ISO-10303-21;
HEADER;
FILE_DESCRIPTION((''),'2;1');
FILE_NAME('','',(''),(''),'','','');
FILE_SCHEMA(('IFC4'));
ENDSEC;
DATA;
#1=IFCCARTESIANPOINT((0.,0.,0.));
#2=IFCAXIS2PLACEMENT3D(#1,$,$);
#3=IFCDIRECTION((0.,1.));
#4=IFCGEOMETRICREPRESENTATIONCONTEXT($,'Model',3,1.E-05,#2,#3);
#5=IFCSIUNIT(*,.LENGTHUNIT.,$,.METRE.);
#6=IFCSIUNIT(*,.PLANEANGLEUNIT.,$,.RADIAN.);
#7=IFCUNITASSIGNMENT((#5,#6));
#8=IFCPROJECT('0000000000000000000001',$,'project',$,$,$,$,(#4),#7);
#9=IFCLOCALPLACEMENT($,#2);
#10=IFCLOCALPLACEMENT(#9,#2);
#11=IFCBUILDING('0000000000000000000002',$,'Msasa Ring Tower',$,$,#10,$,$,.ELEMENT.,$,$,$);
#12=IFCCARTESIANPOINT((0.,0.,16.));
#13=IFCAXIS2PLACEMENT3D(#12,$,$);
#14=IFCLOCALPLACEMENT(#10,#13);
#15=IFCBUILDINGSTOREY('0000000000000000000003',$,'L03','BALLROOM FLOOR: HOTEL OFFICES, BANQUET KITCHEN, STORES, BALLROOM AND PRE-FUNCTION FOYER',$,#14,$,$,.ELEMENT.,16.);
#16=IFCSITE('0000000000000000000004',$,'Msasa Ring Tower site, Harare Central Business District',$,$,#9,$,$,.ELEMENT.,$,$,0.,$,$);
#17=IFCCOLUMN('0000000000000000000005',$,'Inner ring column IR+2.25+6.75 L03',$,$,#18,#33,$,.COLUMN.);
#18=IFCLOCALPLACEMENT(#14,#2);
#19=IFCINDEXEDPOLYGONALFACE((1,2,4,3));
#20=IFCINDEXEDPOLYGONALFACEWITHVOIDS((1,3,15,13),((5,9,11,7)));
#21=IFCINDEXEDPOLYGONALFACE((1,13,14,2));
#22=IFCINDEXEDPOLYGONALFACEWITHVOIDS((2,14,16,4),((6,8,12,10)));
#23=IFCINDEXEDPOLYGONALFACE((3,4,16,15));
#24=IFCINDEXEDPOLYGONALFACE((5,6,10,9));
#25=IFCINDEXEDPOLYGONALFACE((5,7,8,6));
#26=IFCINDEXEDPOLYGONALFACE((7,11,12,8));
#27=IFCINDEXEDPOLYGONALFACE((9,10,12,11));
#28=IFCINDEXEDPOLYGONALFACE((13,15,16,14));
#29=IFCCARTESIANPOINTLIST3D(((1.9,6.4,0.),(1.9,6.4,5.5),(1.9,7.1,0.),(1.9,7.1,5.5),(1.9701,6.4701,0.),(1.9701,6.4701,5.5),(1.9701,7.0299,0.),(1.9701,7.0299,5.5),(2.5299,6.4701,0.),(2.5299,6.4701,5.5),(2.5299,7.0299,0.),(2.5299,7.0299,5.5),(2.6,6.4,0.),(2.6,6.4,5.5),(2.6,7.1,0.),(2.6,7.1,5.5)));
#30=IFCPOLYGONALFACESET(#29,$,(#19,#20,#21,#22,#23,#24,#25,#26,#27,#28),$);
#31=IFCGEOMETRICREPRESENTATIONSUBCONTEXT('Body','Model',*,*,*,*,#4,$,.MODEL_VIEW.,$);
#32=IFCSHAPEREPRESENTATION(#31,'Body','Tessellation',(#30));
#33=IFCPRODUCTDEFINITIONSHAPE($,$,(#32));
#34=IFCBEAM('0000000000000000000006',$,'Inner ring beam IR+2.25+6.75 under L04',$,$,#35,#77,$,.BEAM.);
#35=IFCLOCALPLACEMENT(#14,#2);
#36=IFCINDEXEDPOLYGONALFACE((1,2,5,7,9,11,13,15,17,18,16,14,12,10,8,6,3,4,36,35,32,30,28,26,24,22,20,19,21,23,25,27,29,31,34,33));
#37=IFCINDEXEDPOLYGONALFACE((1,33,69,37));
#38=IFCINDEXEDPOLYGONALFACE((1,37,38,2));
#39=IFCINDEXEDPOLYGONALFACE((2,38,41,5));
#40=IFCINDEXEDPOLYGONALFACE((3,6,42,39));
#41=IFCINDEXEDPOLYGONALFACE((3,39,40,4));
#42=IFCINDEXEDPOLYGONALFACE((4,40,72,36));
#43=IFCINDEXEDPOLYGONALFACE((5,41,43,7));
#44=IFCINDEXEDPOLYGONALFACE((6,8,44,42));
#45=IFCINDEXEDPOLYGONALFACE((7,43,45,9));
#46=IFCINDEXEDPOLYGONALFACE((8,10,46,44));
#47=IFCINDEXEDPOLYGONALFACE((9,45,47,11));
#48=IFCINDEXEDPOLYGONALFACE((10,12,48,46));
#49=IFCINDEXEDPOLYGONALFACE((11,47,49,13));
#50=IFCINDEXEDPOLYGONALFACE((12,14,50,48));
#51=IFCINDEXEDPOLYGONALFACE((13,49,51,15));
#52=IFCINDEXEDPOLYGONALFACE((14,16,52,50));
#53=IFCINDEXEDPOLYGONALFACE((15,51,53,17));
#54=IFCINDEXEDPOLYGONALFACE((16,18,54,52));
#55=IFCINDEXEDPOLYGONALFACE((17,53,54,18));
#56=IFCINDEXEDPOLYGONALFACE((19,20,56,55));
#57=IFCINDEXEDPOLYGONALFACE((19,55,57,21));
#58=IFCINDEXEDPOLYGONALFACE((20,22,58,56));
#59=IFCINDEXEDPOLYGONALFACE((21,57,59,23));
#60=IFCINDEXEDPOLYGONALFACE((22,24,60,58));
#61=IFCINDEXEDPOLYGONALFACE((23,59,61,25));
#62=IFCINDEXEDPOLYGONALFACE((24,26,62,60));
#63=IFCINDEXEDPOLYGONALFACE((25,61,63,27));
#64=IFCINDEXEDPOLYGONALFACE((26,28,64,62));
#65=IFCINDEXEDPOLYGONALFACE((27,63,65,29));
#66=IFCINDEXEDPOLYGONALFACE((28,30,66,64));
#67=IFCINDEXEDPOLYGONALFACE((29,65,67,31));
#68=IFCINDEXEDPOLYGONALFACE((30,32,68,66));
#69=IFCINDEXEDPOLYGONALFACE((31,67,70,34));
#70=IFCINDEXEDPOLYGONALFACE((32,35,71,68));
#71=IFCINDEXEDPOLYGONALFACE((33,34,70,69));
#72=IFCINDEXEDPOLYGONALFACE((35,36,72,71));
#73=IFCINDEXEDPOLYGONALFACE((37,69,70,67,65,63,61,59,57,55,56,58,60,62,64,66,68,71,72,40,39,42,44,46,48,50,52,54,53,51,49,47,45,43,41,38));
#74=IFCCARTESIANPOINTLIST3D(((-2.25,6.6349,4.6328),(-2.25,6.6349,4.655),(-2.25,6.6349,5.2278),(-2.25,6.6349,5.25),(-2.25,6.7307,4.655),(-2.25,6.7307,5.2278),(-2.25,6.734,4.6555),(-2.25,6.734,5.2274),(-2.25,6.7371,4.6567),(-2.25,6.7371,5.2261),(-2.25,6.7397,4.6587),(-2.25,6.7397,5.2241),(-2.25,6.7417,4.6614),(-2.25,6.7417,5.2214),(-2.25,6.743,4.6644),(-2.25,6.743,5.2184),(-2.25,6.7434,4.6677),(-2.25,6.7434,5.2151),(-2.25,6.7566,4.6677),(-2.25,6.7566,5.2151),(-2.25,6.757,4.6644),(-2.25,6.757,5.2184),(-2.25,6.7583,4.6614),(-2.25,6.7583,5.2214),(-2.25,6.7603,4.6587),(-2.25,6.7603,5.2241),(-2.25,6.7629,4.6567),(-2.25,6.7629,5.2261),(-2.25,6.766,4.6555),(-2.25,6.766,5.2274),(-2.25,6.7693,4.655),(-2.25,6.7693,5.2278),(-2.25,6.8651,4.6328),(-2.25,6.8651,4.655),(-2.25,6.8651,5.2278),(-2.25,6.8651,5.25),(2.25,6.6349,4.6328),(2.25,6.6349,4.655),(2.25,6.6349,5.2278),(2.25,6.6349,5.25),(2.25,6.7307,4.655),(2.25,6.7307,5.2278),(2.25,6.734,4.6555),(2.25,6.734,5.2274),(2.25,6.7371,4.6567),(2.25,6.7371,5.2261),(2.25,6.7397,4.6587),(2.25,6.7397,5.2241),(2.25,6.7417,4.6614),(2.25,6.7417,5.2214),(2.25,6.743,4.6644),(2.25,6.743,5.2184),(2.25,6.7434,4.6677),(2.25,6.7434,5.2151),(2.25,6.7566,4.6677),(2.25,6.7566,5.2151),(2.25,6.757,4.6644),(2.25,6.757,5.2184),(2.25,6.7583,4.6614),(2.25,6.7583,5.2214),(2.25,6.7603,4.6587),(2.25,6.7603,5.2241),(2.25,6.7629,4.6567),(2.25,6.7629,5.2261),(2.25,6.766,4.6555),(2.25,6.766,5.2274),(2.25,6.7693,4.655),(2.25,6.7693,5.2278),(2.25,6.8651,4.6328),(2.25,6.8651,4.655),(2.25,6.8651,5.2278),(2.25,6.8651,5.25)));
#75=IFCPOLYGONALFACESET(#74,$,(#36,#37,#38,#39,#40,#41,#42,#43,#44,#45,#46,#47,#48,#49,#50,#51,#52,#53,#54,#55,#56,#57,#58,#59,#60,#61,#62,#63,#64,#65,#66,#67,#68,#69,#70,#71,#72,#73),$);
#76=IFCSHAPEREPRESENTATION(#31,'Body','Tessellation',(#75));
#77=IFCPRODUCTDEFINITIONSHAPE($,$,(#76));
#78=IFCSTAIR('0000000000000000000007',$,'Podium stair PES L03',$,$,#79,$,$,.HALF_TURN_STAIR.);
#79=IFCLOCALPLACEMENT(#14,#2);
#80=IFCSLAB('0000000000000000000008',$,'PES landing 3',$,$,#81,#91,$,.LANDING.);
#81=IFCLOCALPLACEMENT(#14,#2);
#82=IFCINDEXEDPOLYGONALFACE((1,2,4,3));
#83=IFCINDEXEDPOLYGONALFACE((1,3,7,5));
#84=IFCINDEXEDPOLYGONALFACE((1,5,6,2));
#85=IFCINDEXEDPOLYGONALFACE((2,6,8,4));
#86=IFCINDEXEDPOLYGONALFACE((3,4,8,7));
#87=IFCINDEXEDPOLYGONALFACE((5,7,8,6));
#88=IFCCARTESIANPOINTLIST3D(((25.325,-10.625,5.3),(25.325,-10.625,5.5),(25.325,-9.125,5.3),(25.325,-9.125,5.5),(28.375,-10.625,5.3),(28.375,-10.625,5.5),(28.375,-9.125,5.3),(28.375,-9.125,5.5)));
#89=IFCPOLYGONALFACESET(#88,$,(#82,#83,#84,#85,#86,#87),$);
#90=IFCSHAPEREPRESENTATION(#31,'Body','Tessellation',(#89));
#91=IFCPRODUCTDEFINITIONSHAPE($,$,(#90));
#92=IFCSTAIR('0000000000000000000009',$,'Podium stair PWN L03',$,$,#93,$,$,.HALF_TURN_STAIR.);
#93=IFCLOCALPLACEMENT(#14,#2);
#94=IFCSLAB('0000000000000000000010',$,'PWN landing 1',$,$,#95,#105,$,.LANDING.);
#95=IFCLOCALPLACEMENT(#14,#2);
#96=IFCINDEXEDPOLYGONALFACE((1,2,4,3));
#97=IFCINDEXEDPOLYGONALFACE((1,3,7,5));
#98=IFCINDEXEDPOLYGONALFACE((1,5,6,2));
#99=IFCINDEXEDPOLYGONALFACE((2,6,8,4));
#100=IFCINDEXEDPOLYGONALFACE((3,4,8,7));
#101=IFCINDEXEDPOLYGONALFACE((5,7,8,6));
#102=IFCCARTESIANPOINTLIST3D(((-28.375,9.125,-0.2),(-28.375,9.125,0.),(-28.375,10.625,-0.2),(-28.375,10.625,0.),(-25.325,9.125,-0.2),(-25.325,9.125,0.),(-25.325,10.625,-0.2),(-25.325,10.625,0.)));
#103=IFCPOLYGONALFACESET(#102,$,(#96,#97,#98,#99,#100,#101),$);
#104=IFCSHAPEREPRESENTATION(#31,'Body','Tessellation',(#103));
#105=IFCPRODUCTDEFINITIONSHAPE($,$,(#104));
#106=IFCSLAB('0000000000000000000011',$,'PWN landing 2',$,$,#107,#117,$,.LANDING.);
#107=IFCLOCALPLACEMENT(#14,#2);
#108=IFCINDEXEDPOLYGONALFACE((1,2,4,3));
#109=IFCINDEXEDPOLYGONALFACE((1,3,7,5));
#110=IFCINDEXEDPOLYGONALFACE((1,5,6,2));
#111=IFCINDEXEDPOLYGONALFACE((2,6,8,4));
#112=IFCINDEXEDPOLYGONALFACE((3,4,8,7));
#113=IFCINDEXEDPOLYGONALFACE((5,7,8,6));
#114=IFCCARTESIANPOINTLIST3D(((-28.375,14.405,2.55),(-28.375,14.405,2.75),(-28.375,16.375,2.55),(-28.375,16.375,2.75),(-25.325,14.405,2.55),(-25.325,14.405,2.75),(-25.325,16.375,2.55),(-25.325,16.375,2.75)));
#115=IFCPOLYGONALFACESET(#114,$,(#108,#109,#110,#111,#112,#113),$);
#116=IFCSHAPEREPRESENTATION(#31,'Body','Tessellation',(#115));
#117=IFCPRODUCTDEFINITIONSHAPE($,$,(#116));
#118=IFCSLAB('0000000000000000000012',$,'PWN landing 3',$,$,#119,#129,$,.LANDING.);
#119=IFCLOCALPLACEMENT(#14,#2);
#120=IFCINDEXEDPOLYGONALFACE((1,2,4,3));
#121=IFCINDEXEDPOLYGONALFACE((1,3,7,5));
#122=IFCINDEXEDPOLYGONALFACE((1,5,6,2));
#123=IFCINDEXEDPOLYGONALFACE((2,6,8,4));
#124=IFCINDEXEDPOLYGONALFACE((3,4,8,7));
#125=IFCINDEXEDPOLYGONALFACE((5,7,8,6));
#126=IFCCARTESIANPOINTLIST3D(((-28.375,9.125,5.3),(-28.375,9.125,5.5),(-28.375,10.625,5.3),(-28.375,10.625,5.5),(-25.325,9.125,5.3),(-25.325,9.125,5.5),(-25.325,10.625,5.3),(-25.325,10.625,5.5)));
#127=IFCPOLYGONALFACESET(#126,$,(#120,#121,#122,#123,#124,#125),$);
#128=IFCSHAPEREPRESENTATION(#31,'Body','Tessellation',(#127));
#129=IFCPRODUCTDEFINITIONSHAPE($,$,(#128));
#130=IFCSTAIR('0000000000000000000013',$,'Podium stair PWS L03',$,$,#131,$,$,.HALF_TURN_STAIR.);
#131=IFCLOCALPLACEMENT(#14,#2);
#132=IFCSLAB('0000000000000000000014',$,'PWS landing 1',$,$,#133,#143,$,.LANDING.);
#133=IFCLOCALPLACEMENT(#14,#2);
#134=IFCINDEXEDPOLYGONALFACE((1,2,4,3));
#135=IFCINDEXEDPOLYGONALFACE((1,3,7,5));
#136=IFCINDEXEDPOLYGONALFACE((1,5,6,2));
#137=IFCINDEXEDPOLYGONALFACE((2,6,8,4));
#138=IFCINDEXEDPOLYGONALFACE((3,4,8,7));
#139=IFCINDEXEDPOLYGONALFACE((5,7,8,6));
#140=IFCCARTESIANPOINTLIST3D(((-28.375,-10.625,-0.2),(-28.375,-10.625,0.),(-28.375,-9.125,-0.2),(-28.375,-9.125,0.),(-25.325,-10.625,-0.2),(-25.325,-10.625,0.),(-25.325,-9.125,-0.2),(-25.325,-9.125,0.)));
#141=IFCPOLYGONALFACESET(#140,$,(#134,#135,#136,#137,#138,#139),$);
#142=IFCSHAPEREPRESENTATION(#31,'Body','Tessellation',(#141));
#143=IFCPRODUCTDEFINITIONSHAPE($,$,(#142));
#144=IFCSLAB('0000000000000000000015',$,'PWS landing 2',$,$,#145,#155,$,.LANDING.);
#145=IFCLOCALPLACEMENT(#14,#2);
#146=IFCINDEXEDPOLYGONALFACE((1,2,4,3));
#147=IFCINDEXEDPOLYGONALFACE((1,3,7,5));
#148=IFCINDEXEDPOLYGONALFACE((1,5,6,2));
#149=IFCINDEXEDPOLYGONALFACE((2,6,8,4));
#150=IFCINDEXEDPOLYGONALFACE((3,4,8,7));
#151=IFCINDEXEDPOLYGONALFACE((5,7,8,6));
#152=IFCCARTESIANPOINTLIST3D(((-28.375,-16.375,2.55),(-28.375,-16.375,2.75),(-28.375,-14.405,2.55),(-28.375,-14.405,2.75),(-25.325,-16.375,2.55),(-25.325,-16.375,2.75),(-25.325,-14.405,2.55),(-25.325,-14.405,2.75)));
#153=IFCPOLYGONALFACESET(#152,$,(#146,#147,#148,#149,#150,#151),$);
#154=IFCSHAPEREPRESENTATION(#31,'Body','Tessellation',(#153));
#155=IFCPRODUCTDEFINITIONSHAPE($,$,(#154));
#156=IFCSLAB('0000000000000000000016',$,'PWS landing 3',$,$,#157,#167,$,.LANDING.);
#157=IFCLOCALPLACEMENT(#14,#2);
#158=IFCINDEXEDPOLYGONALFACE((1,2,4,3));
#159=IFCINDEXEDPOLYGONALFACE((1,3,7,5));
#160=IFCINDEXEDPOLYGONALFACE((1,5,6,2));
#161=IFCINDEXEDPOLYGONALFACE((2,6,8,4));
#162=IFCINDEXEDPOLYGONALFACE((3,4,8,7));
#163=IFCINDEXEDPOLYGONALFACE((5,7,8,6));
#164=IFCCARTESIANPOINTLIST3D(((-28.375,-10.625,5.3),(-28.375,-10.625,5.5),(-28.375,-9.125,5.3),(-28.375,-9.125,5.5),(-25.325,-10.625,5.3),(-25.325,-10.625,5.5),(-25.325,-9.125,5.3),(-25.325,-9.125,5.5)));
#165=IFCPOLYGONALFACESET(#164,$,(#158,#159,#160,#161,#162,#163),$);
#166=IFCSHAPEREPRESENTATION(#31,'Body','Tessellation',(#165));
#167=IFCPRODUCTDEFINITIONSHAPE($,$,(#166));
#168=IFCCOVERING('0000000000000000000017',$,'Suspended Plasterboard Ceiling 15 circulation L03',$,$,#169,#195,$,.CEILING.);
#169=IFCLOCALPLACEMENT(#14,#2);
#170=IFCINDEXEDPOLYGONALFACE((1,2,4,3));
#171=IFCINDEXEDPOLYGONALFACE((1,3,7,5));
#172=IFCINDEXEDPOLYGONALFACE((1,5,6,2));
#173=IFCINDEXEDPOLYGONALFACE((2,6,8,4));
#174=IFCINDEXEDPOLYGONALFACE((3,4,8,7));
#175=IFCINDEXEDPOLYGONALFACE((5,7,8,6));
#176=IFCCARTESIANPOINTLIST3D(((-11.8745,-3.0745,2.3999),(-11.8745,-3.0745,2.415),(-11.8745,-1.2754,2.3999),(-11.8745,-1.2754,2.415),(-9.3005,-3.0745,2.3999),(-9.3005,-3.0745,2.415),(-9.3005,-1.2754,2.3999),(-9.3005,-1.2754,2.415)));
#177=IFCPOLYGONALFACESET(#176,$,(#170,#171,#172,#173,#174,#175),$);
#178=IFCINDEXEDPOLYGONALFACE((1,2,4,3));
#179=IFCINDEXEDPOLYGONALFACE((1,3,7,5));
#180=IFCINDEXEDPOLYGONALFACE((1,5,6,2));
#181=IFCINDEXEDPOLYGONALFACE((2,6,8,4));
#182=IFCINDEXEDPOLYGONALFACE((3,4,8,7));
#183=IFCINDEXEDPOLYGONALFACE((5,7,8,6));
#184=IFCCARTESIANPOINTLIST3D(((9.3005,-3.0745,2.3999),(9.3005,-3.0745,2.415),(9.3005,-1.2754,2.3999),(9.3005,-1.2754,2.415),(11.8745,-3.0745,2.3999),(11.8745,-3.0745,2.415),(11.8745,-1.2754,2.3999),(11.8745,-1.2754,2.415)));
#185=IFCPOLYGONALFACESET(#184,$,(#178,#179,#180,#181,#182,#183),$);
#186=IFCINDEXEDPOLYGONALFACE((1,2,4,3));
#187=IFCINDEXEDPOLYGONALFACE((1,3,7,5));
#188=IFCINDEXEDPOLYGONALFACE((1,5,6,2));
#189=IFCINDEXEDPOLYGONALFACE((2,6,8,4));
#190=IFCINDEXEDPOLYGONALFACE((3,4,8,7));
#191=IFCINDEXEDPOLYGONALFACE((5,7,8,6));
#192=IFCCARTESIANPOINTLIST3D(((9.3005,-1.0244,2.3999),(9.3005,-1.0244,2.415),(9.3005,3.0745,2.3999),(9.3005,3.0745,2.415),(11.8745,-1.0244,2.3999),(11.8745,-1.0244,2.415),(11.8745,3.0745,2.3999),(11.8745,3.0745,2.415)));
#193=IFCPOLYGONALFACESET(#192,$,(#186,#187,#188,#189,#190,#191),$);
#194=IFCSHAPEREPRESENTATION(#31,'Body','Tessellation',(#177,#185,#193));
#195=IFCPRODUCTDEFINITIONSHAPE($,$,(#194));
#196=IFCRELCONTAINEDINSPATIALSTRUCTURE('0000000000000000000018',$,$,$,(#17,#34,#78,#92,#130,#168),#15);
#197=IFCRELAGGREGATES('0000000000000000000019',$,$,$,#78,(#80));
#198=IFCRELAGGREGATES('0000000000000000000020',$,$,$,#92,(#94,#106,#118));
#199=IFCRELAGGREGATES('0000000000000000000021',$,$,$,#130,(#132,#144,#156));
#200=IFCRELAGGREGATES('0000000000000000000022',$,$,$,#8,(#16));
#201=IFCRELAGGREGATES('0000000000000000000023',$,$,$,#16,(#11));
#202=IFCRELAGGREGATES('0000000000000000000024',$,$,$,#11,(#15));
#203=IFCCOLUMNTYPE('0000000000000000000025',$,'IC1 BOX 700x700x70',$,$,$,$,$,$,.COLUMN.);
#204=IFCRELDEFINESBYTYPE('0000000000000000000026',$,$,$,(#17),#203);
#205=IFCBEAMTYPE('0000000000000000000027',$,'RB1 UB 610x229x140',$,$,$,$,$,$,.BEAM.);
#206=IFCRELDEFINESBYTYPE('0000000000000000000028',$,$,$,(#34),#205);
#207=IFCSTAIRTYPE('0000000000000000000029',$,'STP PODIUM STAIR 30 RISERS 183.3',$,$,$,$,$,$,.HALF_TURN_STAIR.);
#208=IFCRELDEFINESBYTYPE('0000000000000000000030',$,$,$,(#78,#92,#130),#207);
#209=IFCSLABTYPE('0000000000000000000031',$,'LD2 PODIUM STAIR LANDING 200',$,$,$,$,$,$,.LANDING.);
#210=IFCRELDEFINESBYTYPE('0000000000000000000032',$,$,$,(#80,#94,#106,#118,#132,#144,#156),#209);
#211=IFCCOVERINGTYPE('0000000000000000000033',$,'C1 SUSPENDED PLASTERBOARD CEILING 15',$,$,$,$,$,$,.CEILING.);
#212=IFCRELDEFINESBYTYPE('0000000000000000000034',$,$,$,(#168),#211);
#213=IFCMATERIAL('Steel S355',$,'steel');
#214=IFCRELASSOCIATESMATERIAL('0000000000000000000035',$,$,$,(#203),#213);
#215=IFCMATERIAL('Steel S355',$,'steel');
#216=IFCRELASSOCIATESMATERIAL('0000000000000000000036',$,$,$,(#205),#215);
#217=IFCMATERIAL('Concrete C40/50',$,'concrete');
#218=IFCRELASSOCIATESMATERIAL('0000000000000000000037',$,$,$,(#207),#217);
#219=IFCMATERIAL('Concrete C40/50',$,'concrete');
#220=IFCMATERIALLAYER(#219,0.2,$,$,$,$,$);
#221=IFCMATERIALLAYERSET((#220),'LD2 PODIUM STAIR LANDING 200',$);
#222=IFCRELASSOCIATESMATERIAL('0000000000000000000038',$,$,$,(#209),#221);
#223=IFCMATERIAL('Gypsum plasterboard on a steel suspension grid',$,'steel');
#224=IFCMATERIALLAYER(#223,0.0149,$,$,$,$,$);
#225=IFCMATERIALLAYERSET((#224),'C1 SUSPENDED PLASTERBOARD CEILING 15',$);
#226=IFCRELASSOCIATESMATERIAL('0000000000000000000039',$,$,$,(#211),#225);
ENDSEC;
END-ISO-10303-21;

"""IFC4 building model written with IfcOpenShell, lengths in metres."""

from ifc_helpers import new_model, si_unit, direction, frame, origin, origin_2d, place, context, subcontext, project, spatial, polyline, line, indexed_curve, hollow_rectangle, i_section, outline, extrude, material, layer, layer_set, material_profile, profile_set, type_object, element, aggregate, save


model = new_model("IFC4")

# Units and contexts
model_context = context("Model", 3, precision=1e-05, world=origin(), true_north=direction((0.0, 1.0)))
body_context = subcontext(model_context, "Body", "Model", "MODEL_VIEW")
ifc_project = project(units=[si_unit("LENGTHUNIT", "METRE"), si_unit("PLANEANGLEUNIT", "RADIAN")], contexts=[model_context])

# Site, building, storey
site_placement = place(None, origin())
site = spatial("IfcSite", under=ifc_project, at=site_placement, Name="Msasa Ring Tower site, Harare Central Business District", CompositionType="ELEMENT", RefElevation=0.0)
building_placement = place(site_placement, origin())
building = spatial("IfcBuilding", under=site, at=building_placement, Name="Msasa Ring Tower", CompositionType="ELEMENT")
storey_placement = place(building_placement, frame((0.0, 0.0, 16.0)))
storey = spatial("IfcBuildingStorey", under=building, at=storey_placement, Name="L03", Description="BALLROOM FLOOR: HOTEL OFFICES, BANQUET KITCHEN, STORES, BALLROOM AND PRE-FUNCTION FOYER", CompositionType="ELEMENT", Elevation=16.0)

# Column
ifc_material_1 = material(Name="Steel S355", Category="steel")
ifc_material_profile_1 = material_profile(ifc_material_1, hollow_rectangle(XDim=0.7, YDim=0.7, WallThickness=0.0701, at=origin_2d()), Name="BOX 700x700x70")
ifc_profile_set_1 = profile_set([ifc_material_profile_1], Name="Steel S355")
column_type = type_object("IfcColumnType", Name="IC1 BOX 700x700x70", PredefinedType="COLUMN", material=ifc_profile_set_1)
column_placement = place(storey_placement, frame((2.25, 6.75, 0.0), z_axis=(0.0, 0.0, 1.0), x_axis=(1.0, 0.0, 0.0)))
element("IfcColumn", 1, at=column_placement, inside=storey, type_object=column_type, Name="Inner ring column IR+2.25+6.75 L03", PredefinedType="COLUMN", context=body_context, shape_type="SweptSolid", body=[
    extrude(hollow_rectangle(XDim=0.7, YDim=0.7, WallThickness=0.0701, at=origin_2d()), origin(), (0.0, 0.0, 1.0), 5.5),
])

# Beam
ifc_material_2 = material(Name="Steel S355", Category="steel")
ifc_material_profile_2 = material_profile(ifc_material_2, i_section(OverallWidth=0.2302, OverallDepth=0.6172, WebThickness=0.0132, FlangeThickness=0.0222, FilletRadius=0.0127, at=origin_2d()), Name="UB 610x229x140")
ifc_profile_set_2 = profile_set([ifc_material_profile_2], Name="Steel S355")
beam_type = type_object("IfcBeamType", Name="RB1 UB 610x229x140", PredefinedType="BEAM", material=ifc_profile_set_2)
beam_placement = place(storey_placement, frame((2.25, 6.75, 4.9414), z_axis=(-1.0, 0.0, 0.0), x_axis=(0.0, -1.0, 0.0)))
element("IfcBeam", 2, at=beam_placement, inside=storey, type_object=beam_type, Name="Inner ring beam IR+2.25+6.75 under L04", PredefinedType="BEAM", context=body_context, shape_type="SweptSolid", body=[
    extrude(i_section(OverallWidth=0.2302, OverallDepth=0.6172, WebThickness=0.0132, FlangeThickness=0.0222, FilletRadius=0.0127, at=origin_2d()), origin(), (0.0, 0.0, 1.0), 4.5),
])

# Stair, slab
ifc_material_3 = material(Name="Concrete C40/50", Category="concrete")
stair_type = type_object("IfcStairType", Name="STP PODIUM STAIR 30 RISERS 183.3", PredefinedType="HALF_TURN_STAIR", material=ifc_material_3)
stair_1_placement = place(storey_placement, origin())
stair_1 = element("IfcStair", 3, at=stair_1_placement, inside=storey, type_object=stair_type, Name="Podium stair PES L03", PredefinedType="HALF_TURN_STAIR")
ifc_material_4 = material(Name="Concrete C40/50", Category="concrete")
ifc_layer_1 = layer(ifc_material_4, 0.2)
ifc_layer_set_1 = layer_set([ifc_layer_1], Name="LD2 PODIUM STAIR LANDING 200")
slab_type = type_object("IfcSlabType", Name="LD2 PODIUM STAIR LANDING 200", PredefinedType="LANDING", material=ifc_layer_set_1)
slab_1_placement = place(storey_placement, frame((0.0, 0.0, 5.3)))
slab_1 = element("IfcSlab", 4, at=slab_1_placement, type_object=slab_type, Name="PES landing 3", PredefinedType="LANDING", context=body_context, shape_type="SweptSolid", body=[
    extrude(outline(polyline([(25.325, -10.625), (28.375, -10.625), (28.375, -9.125), (25.325, -9.125), (25.325, -10.625)])), origin(), (0.0, 0.0, 1.0), 0.2),
])
aggregate(stair_1, [slab_1])

# Stairs, slabs
stair_2_placement = place(storey_placement, origin())
stair_2 = element("IfcStair", 5, at=stair_2_placement, inside=storey, type_object=stair_type, Name="Podium stair PWN L03", PredefinedType="HALF_TURN_STAIR")
slab_2_placement = place(storey_placement, frame((0.0, 0.0, -0.2)))
slab_2 = element("IfcSlab", 6, at=slab_2_placement, type_object=slab_type, Name="PWN landing 1", PredefinedType="LANDING", context=body_context, shape_type="SweptSolid", body=[
    extrude(outline(polyline([(-28.375, 9.125), (-25.325, 9.125), (-25.325, 10.625), (-28.375, 10.625), (-28.375, 9.125)])), origin(), (0.0, 0.0, 1.0), 0.2),
])
slab_3_placement = place(storey_placement, frame((0.0, 0.0, 2.55)))
slab_3 = element("IfcSlab", 7, at=slab_3_placement, type_object=slab_type, Name="PWN landing 2", PredefinedType="LANDING", context=body_context, shape_type="SweptSolid", body=[
    extrude(outline(polyline([(-28.375, 14.405), (-25.325, 14.405), (-25.325, 16.375), (-28.375, 16.375), (-28.375, 14.405)])), origin(), (0.0, 0.0, 1.0), 0.2),
])
slab_4_placement = place(storey_placement, frame((0.0, 0.0, 5.3)))
slab_4 = element("IfcSlab", 8, at=slab_4_placement, type_object=slab_type, Name="PWN landing 3", PredefinedType="LANDING", context=body_context, shape_type="SweptSolid", body=[
    extrude(outline(polyline([(-28.375, 9.125), (-25.325, 9.125), (-25.325, 10.625), (-28.375, 10.625), (-28.375, 9.125)])), origin(), (0.0, 0.0, 1.0), 0.2),
])
aggregate(stair_2, [slab_2, slab_3, slab_4])
stair_3_placement = place(storey_placement, origin())
stair_3 = element("IfcStair", 9, at=stair_3_placement, inside=storey, type_object=stair_type, Name="Podium stair PWS L03", PredefinedType="HALF_TURN_STAIR")
slab_5_placement = place(storey_placement, frame((0.0, 0.0, -0.2)))
slab_5 = element("IfcSlab", 10, at=slab_5_placement, type_object=slab_type, Name="PWS landing 1", PredefinedType="LANDING", context=body_context, shape_type="SweptSolid", body=[
    extrude(outline(polyline([(-28.375, -10.625), (-25.325, -10.625), (-25.325, -9.125), (-28.375, -9.125), (-28.375, -10.625)])), origin(), (0.0, 0.0, 1.0), 0.2),
])
slab_6_placement = place(storey_placement, frame((0.0, 0.0, 2.55)))
slab_6 = element("IfcSlab", 11, at=slab_6_placement, type_object=slab_type, Name="PWS landing 2", PredefinedType="LANDING", context=body_context, shape_type="SweptSolid", body=[
    extrude(outline(polyline([(-28.375, -16.375), (-25.325, -16.375), (-25.325, -14.405), (-28.375, -14.405), (-28.375, -16.375)])), origin(), (0.0, 0.0, 1.0), 0.2),
])
slab_7_placement = place(storey_placement, frame((0.0, 0.0, 5.3)))
slab_7 = element("IfcSlab", 12, at=slab_7_placement, type_object=slab_type, Name="PWS landing 3", PredefinedType="LANDING", context=body_context, shape_type="SweptSolid", body=[
    extrude(outline(polyline([(-28.375, -10.625), (-25.325, -10.625), (-25.325, -9.125), (-28.375, -9.125), (-28.375, -10.625)])), origin(), (0.0, 0.0, 1.0), 0.2),
])
aggregate(stair_3, [slab_5, slab_6, slab_7])

# Covering
ifc_material_5 = material(Name="Gypsum plasterboard on a steel suspension grid", Category="steel")
ifc_layer_2 = layer(ifc_material_5, 0.0149)
ifc_layer_set_2 = layer_set([ifc_layer_2], Name="C1 SUSPENDED PLASTERBOARD CEILING 15")
covering_type_1 = type_object("IfcCoveringType", Name="C1 SUSPENDED PLASTERBOARD CEILING 15", PredefinedType="CEILING", material=ifc_layer_set_2)
covering_1_placement = place(storey_placement, frame((0.0, 0.0, 2.3999)))
element("IfcCovering", 13, at=covering_1_placement, inside=storey, type_object=covering_type_1, Name="Suspended Plasterboard Ceiling 15 circulation L03", PredefinedType="CEILING", context=body_context, shape_type="SweptSolid", body=[
    extrude(outline(indexed_curve([(-9.3005, -1.2754), (-9.3005, -3.0745), (-11.8745, -3.0745), (-11.8745, -1.2754)], segments=[line(1, 2, 3, 4, 1)], self_intersect=False)), origin(), (0.0, 0.0, 1.0), 0.0151),
    extrude(outline(indexed_curve([(11.8745, -3.0745), (9.3005, -3.0745), (9.3005, -1.2754), (11.8745, -1.2754)], segments=[line(1, 2, 3, 4, 1)], self_intersect=False)), origin(), (0.0, 0.0, 1.0), 0.0151),
    extrude(outline(indexed_curve([(11.8745, -1.0244), (9.3005, -1.0244), (9.3005, 3.0745), (11.8745, 3.0745)], segments=[line(1, 2, 3, 4, 1)], self_intersect=False)), origin(), (0.0, 0.0, 1.0), 0.0151),
])

save(model, "model.ifc")
